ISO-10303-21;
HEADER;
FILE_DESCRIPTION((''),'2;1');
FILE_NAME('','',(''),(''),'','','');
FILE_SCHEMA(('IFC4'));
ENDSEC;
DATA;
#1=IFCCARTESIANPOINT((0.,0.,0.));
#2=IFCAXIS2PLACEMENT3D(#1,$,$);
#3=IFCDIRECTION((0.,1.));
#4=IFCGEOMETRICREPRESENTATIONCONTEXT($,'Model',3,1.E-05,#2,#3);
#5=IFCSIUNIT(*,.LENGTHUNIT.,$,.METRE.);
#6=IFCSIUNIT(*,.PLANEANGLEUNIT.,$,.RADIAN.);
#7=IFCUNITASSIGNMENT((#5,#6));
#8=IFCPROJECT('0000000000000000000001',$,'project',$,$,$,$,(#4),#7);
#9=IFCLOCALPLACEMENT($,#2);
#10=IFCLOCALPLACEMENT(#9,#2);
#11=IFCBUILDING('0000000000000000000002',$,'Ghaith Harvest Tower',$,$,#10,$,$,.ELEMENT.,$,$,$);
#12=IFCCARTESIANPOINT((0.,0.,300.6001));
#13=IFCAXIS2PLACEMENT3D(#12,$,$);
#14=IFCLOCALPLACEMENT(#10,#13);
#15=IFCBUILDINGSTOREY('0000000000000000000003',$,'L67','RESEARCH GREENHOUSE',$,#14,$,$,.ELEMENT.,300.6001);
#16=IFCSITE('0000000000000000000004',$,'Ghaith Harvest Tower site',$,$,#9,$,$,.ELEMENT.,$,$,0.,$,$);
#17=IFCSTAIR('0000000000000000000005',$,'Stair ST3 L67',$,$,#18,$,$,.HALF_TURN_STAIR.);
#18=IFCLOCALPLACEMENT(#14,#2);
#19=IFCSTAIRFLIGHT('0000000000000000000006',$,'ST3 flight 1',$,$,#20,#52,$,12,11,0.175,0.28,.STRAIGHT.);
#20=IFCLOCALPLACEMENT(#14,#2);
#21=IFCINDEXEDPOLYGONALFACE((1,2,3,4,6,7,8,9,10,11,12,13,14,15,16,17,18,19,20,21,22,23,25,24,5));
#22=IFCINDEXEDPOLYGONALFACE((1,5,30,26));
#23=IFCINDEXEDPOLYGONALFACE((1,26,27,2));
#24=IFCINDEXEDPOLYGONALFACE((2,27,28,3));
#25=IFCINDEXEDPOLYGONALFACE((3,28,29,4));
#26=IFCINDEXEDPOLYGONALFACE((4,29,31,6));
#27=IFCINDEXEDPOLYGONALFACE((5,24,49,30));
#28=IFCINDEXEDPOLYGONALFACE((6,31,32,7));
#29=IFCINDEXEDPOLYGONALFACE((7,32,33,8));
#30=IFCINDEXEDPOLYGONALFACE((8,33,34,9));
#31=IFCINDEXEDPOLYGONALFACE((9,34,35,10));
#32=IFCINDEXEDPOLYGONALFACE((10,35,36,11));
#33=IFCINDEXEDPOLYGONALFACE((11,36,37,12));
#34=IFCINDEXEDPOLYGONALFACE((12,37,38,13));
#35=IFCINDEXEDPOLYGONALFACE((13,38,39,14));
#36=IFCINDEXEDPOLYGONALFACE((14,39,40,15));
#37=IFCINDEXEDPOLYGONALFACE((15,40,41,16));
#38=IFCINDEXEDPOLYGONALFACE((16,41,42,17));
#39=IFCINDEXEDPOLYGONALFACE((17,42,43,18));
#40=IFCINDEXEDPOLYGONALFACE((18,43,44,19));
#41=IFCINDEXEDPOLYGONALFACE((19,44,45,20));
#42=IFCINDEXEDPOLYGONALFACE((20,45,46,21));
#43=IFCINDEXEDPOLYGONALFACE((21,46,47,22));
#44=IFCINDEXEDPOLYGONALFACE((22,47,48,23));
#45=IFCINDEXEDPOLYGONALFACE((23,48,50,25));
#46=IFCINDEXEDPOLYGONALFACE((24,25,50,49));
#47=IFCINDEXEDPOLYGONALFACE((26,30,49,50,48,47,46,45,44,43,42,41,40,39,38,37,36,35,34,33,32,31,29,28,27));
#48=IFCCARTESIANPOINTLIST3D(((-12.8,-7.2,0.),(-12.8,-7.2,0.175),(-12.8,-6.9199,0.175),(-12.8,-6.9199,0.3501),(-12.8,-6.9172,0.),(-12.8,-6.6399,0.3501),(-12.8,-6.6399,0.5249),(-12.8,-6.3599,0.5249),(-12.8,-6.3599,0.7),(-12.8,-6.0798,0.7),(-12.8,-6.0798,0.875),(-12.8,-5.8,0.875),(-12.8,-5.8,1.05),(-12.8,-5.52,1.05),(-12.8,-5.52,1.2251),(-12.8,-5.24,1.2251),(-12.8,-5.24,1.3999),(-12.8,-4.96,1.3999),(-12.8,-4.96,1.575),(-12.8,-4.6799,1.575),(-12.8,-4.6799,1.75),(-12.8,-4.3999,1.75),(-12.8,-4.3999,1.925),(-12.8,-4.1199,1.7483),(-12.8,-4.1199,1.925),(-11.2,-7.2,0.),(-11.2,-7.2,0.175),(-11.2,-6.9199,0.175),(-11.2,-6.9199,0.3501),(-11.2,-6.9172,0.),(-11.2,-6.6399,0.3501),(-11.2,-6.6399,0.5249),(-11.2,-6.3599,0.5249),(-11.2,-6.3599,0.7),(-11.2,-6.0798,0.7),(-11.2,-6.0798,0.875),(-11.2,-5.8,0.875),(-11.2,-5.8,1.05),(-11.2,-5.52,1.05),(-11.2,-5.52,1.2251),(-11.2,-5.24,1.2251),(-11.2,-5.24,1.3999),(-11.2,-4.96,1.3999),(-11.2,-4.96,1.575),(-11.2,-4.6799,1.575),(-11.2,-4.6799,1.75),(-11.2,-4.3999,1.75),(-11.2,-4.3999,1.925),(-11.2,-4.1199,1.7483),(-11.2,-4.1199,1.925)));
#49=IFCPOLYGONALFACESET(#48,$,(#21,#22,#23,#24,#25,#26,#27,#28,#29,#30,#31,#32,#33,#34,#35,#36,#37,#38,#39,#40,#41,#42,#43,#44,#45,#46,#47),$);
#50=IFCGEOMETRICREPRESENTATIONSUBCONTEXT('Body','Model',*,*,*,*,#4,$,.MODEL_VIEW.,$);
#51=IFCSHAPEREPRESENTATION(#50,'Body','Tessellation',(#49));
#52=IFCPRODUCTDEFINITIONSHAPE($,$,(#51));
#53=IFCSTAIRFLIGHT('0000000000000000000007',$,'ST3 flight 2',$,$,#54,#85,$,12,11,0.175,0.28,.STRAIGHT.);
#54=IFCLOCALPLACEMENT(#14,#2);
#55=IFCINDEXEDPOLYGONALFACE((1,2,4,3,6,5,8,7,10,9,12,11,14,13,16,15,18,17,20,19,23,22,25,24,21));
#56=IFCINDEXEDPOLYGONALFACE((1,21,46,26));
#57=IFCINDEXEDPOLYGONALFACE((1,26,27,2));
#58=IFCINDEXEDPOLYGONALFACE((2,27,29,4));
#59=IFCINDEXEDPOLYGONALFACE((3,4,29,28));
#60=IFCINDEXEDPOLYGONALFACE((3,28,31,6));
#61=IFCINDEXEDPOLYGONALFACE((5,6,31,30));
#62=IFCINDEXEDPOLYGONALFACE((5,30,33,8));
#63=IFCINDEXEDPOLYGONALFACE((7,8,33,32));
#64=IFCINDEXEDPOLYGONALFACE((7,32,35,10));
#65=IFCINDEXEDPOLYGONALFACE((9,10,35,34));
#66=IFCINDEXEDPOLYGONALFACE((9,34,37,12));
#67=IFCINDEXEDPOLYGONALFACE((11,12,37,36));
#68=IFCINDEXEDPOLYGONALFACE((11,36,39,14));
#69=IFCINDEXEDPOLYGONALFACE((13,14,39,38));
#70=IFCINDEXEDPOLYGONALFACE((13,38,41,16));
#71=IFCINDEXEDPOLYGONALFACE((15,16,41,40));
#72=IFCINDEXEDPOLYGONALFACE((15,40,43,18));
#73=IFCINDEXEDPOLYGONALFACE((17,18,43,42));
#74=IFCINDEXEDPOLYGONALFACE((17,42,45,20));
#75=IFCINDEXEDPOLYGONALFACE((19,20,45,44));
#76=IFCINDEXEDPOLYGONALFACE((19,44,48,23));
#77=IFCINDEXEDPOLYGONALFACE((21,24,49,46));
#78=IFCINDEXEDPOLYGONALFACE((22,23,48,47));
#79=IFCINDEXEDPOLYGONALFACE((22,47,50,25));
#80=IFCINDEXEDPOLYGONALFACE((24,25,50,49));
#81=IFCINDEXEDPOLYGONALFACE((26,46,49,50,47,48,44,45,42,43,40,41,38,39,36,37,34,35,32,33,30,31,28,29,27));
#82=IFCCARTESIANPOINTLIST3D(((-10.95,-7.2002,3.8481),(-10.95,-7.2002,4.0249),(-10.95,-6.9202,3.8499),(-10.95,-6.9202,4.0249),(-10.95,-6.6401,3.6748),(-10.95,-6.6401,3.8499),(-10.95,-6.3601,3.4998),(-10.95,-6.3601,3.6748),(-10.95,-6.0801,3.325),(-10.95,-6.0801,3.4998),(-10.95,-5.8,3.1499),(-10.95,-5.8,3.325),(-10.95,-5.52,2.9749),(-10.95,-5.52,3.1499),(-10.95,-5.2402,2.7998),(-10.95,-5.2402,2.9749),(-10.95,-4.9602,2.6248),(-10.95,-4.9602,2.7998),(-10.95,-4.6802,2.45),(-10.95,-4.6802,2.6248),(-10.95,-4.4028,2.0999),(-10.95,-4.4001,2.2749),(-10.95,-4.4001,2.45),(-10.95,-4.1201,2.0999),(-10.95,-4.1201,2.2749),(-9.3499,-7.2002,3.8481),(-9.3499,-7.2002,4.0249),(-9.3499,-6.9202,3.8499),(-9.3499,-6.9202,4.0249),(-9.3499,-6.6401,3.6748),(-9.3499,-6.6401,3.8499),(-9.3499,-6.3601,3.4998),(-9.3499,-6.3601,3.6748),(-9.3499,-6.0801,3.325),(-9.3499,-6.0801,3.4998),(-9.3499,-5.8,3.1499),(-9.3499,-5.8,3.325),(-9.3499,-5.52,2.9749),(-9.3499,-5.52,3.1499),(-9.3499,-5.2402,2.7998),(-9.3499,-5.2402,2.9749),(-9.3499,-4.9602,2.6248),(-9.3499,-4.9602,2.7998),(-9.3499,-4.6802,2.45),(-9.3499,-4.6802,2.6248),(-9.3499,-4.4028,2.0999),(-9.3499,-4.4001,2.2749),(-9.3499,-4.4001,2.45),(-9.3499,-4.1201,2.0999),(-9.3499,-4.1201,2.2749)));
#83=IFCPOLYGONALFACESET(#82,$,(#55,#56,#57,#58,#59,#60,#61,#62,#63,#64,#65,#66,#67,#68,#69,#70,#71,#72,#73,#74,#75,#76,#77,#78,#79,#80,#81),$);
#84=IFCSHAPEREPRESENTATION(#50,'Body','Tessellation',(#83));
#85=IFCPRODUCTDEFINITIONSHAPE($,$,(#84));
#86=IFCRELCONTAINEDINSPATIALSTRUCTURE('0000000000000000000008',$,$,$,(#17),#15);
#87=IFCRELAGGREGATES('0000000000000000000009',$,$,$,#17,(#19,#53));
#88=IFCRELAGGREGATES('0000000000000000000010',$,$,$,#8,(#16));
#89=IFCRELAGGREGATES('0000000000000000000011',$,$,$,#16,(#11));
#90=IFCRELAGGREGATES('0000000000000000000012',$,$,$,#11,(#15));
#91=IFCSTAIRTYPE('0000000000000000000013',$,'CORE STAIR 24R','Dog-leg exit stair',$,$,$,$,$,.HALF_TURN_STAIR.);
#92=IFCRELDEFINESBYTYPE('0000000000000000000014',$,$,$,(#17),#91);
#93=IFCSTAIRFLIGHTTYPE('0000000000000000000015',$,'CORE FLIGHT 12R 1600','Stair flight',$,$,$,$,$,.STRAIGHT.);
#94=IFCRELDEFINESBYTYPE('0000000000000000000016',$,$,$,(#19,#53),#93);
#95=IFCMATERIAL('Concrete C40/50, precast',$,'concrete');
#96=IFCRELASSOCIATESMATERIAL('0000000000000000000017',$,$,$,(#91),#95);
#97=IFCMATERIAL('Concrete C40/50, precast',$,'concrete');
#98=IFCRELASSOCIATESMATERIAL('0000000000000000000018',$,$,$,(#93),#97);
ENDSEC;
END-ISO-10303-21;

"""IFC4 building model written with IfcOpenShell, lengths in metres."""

from ifc_helpers import new_model, si_unit, direction, frame, origin, place, context, subcontext, project, spatial, polyline, outline, extrude, material, type_object, element, aggregate, save


model = new_model("IFC4")

# Units and contexts
model_context = context("Model", 3, precision=1e-05, world=origin(), true_north=direction((0.0, 1.0)))
body_context = subcontext(model_context, "Body", "Model", "MODEL_VIEW")
ifc_project = project(units=[si_unit("LENGTHUNIT", "METRE"), si_unit("PLANEANGLEUNIT", "RADIAN")], contexts=[model_context])

# Site, building, storey
site_placement = place(None, origin())
site = spatial("IfcSite", under=ifc_project, at=site_placement, Name="Ghaith Harvest Tower site", CompositionType="ELEMENT", RefElevation=0.0)
building_placement = place(site_placement, origin())
building = spatial("IfcBuilding", under=site, at=building_placement, Name="Ghaith Harvest Tower", CompositionType="ELEMENT")
storey_placement = place(building_placement, frame((0.0, 0.0, 300.6001)))
storey = spatial("IfcBuildingStorey", under=building, at=storey_placement, Name="L67", Description="RESEARCH GREENHOUSE", CompositionType="ELEMENT", Elevation=300.6001)

# Stair, stair flights
ifc_material_1 = material(Name="Concrete C40/50, precast", Category="concrete")
stair_type = type_object("IfcStairType", Name="CORE STAIR 24R", Description="Dog-leg exit stair", PredefinedType="HALF_TURN_STAIR", material=ifc_material_1)
stair_placement = place(storey_placement, origin())
stair = element("IfcStair", 1, at=stair_placement, inside=storey, type_object=stair_type, Name="Stair ST3 L67", PredefinedType="HALF_TURN_STAIR")
ifc_material_2 = material(Name="Concrete C40/50, precast", Category="concrete")
stair_flight_type = type_object("IfcStairFlightType", Name="CORE FLIGHT 12R 1600", Description="Stair flight", PredefinedType="STRAIGHT", material=ifc_material_2)
stair_flight_1_placement = place(storey_placement, frame((-12.0, -7.2, 0.0), z_axis=(0.0, 0.0, 1.0), x_axis=(0.0, 1.0, 0.0)))
stair_flight_1 = element("IfcStairFlight", 2, at=stair_flight_1_placement, type_object=stair_flight_type, Name="ST3 flight 1", NumberOfRisers=12, NumberOfTreads=11, PredefinedType="STRAIGHT", RiserHeight=0.175, TreadLength=0.28, context=body_context, shape_type="SweptSolid", body=[
    extrude(outline(polyline([(0.0, 0.0), (0.0, 0.175), (0.28, 0.175), (0.28, 0.3501), (0.5601, 0.3501), (0.5601, 0.5249), (0.8401, 0.5249), (0.8401, 0.7), (1.1201, 0.7), (1.1201, 0.875), (1.3999, 0.875), (1.3999, 1.05), (1.6799, 1.05), (1.6799, 1.2251), (1.96, 1.2251), (1.96, 1.3999), (2.24, 1.3999), (2.24, 1.575), (2.52, 1.575), (2.52, 1.75), (2.8, 1.75), (2.8, 1.925), (3.0801, 1.925), (3.0801, 2.1001), (3.0801, 1.7483), (0.2827, 0.0), (0.0, 0.0)])), frame((0.0, 0.8, 0.0), z_axis=(0.0, -1.0, 0.0), x_axis=(1.0, 0.0, 0.0)), (0.0, 0.0, 1.0), 1.6001),
])
stair_flight_2_placement = place(storey_placement, frame((-10.1499, -4.1201, 2.0999), z_axis=(0.0, 0.0, 1.0), x_axis=(0.0, -1.0, 0.0)))
stair_flight_2 = element("IfcStairFlight", 3, at=stair_flight_2_placement, type_object=stair_flight_type, Name="ST3 flight 2", NumberOfRisers=12, NumberOfTreads=11, PredefinedType="STRAIGHT", RiserHeight=0.175, TreadLength=0.28, context=body_context, shape_type="SweptSolid", body=[
    extrude(outline(polyline([(0.0, 0.0), (0.0, 0.175), (0.28, 0.175), (0.28, 0.3501), (0.5601, 0.3501), (0.5601, 0.5249), (0.8401, 0.5249), (0.8401, 0.7), (1.1201, 0.7), (1.1201, 0.875), (1.3999, 0.875), (1.3999, 1.05), (1.6799, 1.05), (1.6799, 1.2251), (1.96, 1.2251), (1.96, 1.3999), (2.24, 1.3999), (2.24, 1.575), (2.52, 1.575), (2.52, 1.75), (2.8, 1.75), (2.8, 1.925), (3.0801, 1.925), (3.0801, 2.1001), (3.0801, 1.7483), (0.2827, 0.0), (0.0, 0.0)])), frame((0.0, 0.8, 0.0), z_axis=(0.0, -1.0, 0.0), x_axis=(1.0, 0.0, 0.0)), (0.0, 0.0, 1.0), 1.6001),
])
aggregate(stair, [stair_flight_1, stair_flight_2])

save(model, "model.ifc")
